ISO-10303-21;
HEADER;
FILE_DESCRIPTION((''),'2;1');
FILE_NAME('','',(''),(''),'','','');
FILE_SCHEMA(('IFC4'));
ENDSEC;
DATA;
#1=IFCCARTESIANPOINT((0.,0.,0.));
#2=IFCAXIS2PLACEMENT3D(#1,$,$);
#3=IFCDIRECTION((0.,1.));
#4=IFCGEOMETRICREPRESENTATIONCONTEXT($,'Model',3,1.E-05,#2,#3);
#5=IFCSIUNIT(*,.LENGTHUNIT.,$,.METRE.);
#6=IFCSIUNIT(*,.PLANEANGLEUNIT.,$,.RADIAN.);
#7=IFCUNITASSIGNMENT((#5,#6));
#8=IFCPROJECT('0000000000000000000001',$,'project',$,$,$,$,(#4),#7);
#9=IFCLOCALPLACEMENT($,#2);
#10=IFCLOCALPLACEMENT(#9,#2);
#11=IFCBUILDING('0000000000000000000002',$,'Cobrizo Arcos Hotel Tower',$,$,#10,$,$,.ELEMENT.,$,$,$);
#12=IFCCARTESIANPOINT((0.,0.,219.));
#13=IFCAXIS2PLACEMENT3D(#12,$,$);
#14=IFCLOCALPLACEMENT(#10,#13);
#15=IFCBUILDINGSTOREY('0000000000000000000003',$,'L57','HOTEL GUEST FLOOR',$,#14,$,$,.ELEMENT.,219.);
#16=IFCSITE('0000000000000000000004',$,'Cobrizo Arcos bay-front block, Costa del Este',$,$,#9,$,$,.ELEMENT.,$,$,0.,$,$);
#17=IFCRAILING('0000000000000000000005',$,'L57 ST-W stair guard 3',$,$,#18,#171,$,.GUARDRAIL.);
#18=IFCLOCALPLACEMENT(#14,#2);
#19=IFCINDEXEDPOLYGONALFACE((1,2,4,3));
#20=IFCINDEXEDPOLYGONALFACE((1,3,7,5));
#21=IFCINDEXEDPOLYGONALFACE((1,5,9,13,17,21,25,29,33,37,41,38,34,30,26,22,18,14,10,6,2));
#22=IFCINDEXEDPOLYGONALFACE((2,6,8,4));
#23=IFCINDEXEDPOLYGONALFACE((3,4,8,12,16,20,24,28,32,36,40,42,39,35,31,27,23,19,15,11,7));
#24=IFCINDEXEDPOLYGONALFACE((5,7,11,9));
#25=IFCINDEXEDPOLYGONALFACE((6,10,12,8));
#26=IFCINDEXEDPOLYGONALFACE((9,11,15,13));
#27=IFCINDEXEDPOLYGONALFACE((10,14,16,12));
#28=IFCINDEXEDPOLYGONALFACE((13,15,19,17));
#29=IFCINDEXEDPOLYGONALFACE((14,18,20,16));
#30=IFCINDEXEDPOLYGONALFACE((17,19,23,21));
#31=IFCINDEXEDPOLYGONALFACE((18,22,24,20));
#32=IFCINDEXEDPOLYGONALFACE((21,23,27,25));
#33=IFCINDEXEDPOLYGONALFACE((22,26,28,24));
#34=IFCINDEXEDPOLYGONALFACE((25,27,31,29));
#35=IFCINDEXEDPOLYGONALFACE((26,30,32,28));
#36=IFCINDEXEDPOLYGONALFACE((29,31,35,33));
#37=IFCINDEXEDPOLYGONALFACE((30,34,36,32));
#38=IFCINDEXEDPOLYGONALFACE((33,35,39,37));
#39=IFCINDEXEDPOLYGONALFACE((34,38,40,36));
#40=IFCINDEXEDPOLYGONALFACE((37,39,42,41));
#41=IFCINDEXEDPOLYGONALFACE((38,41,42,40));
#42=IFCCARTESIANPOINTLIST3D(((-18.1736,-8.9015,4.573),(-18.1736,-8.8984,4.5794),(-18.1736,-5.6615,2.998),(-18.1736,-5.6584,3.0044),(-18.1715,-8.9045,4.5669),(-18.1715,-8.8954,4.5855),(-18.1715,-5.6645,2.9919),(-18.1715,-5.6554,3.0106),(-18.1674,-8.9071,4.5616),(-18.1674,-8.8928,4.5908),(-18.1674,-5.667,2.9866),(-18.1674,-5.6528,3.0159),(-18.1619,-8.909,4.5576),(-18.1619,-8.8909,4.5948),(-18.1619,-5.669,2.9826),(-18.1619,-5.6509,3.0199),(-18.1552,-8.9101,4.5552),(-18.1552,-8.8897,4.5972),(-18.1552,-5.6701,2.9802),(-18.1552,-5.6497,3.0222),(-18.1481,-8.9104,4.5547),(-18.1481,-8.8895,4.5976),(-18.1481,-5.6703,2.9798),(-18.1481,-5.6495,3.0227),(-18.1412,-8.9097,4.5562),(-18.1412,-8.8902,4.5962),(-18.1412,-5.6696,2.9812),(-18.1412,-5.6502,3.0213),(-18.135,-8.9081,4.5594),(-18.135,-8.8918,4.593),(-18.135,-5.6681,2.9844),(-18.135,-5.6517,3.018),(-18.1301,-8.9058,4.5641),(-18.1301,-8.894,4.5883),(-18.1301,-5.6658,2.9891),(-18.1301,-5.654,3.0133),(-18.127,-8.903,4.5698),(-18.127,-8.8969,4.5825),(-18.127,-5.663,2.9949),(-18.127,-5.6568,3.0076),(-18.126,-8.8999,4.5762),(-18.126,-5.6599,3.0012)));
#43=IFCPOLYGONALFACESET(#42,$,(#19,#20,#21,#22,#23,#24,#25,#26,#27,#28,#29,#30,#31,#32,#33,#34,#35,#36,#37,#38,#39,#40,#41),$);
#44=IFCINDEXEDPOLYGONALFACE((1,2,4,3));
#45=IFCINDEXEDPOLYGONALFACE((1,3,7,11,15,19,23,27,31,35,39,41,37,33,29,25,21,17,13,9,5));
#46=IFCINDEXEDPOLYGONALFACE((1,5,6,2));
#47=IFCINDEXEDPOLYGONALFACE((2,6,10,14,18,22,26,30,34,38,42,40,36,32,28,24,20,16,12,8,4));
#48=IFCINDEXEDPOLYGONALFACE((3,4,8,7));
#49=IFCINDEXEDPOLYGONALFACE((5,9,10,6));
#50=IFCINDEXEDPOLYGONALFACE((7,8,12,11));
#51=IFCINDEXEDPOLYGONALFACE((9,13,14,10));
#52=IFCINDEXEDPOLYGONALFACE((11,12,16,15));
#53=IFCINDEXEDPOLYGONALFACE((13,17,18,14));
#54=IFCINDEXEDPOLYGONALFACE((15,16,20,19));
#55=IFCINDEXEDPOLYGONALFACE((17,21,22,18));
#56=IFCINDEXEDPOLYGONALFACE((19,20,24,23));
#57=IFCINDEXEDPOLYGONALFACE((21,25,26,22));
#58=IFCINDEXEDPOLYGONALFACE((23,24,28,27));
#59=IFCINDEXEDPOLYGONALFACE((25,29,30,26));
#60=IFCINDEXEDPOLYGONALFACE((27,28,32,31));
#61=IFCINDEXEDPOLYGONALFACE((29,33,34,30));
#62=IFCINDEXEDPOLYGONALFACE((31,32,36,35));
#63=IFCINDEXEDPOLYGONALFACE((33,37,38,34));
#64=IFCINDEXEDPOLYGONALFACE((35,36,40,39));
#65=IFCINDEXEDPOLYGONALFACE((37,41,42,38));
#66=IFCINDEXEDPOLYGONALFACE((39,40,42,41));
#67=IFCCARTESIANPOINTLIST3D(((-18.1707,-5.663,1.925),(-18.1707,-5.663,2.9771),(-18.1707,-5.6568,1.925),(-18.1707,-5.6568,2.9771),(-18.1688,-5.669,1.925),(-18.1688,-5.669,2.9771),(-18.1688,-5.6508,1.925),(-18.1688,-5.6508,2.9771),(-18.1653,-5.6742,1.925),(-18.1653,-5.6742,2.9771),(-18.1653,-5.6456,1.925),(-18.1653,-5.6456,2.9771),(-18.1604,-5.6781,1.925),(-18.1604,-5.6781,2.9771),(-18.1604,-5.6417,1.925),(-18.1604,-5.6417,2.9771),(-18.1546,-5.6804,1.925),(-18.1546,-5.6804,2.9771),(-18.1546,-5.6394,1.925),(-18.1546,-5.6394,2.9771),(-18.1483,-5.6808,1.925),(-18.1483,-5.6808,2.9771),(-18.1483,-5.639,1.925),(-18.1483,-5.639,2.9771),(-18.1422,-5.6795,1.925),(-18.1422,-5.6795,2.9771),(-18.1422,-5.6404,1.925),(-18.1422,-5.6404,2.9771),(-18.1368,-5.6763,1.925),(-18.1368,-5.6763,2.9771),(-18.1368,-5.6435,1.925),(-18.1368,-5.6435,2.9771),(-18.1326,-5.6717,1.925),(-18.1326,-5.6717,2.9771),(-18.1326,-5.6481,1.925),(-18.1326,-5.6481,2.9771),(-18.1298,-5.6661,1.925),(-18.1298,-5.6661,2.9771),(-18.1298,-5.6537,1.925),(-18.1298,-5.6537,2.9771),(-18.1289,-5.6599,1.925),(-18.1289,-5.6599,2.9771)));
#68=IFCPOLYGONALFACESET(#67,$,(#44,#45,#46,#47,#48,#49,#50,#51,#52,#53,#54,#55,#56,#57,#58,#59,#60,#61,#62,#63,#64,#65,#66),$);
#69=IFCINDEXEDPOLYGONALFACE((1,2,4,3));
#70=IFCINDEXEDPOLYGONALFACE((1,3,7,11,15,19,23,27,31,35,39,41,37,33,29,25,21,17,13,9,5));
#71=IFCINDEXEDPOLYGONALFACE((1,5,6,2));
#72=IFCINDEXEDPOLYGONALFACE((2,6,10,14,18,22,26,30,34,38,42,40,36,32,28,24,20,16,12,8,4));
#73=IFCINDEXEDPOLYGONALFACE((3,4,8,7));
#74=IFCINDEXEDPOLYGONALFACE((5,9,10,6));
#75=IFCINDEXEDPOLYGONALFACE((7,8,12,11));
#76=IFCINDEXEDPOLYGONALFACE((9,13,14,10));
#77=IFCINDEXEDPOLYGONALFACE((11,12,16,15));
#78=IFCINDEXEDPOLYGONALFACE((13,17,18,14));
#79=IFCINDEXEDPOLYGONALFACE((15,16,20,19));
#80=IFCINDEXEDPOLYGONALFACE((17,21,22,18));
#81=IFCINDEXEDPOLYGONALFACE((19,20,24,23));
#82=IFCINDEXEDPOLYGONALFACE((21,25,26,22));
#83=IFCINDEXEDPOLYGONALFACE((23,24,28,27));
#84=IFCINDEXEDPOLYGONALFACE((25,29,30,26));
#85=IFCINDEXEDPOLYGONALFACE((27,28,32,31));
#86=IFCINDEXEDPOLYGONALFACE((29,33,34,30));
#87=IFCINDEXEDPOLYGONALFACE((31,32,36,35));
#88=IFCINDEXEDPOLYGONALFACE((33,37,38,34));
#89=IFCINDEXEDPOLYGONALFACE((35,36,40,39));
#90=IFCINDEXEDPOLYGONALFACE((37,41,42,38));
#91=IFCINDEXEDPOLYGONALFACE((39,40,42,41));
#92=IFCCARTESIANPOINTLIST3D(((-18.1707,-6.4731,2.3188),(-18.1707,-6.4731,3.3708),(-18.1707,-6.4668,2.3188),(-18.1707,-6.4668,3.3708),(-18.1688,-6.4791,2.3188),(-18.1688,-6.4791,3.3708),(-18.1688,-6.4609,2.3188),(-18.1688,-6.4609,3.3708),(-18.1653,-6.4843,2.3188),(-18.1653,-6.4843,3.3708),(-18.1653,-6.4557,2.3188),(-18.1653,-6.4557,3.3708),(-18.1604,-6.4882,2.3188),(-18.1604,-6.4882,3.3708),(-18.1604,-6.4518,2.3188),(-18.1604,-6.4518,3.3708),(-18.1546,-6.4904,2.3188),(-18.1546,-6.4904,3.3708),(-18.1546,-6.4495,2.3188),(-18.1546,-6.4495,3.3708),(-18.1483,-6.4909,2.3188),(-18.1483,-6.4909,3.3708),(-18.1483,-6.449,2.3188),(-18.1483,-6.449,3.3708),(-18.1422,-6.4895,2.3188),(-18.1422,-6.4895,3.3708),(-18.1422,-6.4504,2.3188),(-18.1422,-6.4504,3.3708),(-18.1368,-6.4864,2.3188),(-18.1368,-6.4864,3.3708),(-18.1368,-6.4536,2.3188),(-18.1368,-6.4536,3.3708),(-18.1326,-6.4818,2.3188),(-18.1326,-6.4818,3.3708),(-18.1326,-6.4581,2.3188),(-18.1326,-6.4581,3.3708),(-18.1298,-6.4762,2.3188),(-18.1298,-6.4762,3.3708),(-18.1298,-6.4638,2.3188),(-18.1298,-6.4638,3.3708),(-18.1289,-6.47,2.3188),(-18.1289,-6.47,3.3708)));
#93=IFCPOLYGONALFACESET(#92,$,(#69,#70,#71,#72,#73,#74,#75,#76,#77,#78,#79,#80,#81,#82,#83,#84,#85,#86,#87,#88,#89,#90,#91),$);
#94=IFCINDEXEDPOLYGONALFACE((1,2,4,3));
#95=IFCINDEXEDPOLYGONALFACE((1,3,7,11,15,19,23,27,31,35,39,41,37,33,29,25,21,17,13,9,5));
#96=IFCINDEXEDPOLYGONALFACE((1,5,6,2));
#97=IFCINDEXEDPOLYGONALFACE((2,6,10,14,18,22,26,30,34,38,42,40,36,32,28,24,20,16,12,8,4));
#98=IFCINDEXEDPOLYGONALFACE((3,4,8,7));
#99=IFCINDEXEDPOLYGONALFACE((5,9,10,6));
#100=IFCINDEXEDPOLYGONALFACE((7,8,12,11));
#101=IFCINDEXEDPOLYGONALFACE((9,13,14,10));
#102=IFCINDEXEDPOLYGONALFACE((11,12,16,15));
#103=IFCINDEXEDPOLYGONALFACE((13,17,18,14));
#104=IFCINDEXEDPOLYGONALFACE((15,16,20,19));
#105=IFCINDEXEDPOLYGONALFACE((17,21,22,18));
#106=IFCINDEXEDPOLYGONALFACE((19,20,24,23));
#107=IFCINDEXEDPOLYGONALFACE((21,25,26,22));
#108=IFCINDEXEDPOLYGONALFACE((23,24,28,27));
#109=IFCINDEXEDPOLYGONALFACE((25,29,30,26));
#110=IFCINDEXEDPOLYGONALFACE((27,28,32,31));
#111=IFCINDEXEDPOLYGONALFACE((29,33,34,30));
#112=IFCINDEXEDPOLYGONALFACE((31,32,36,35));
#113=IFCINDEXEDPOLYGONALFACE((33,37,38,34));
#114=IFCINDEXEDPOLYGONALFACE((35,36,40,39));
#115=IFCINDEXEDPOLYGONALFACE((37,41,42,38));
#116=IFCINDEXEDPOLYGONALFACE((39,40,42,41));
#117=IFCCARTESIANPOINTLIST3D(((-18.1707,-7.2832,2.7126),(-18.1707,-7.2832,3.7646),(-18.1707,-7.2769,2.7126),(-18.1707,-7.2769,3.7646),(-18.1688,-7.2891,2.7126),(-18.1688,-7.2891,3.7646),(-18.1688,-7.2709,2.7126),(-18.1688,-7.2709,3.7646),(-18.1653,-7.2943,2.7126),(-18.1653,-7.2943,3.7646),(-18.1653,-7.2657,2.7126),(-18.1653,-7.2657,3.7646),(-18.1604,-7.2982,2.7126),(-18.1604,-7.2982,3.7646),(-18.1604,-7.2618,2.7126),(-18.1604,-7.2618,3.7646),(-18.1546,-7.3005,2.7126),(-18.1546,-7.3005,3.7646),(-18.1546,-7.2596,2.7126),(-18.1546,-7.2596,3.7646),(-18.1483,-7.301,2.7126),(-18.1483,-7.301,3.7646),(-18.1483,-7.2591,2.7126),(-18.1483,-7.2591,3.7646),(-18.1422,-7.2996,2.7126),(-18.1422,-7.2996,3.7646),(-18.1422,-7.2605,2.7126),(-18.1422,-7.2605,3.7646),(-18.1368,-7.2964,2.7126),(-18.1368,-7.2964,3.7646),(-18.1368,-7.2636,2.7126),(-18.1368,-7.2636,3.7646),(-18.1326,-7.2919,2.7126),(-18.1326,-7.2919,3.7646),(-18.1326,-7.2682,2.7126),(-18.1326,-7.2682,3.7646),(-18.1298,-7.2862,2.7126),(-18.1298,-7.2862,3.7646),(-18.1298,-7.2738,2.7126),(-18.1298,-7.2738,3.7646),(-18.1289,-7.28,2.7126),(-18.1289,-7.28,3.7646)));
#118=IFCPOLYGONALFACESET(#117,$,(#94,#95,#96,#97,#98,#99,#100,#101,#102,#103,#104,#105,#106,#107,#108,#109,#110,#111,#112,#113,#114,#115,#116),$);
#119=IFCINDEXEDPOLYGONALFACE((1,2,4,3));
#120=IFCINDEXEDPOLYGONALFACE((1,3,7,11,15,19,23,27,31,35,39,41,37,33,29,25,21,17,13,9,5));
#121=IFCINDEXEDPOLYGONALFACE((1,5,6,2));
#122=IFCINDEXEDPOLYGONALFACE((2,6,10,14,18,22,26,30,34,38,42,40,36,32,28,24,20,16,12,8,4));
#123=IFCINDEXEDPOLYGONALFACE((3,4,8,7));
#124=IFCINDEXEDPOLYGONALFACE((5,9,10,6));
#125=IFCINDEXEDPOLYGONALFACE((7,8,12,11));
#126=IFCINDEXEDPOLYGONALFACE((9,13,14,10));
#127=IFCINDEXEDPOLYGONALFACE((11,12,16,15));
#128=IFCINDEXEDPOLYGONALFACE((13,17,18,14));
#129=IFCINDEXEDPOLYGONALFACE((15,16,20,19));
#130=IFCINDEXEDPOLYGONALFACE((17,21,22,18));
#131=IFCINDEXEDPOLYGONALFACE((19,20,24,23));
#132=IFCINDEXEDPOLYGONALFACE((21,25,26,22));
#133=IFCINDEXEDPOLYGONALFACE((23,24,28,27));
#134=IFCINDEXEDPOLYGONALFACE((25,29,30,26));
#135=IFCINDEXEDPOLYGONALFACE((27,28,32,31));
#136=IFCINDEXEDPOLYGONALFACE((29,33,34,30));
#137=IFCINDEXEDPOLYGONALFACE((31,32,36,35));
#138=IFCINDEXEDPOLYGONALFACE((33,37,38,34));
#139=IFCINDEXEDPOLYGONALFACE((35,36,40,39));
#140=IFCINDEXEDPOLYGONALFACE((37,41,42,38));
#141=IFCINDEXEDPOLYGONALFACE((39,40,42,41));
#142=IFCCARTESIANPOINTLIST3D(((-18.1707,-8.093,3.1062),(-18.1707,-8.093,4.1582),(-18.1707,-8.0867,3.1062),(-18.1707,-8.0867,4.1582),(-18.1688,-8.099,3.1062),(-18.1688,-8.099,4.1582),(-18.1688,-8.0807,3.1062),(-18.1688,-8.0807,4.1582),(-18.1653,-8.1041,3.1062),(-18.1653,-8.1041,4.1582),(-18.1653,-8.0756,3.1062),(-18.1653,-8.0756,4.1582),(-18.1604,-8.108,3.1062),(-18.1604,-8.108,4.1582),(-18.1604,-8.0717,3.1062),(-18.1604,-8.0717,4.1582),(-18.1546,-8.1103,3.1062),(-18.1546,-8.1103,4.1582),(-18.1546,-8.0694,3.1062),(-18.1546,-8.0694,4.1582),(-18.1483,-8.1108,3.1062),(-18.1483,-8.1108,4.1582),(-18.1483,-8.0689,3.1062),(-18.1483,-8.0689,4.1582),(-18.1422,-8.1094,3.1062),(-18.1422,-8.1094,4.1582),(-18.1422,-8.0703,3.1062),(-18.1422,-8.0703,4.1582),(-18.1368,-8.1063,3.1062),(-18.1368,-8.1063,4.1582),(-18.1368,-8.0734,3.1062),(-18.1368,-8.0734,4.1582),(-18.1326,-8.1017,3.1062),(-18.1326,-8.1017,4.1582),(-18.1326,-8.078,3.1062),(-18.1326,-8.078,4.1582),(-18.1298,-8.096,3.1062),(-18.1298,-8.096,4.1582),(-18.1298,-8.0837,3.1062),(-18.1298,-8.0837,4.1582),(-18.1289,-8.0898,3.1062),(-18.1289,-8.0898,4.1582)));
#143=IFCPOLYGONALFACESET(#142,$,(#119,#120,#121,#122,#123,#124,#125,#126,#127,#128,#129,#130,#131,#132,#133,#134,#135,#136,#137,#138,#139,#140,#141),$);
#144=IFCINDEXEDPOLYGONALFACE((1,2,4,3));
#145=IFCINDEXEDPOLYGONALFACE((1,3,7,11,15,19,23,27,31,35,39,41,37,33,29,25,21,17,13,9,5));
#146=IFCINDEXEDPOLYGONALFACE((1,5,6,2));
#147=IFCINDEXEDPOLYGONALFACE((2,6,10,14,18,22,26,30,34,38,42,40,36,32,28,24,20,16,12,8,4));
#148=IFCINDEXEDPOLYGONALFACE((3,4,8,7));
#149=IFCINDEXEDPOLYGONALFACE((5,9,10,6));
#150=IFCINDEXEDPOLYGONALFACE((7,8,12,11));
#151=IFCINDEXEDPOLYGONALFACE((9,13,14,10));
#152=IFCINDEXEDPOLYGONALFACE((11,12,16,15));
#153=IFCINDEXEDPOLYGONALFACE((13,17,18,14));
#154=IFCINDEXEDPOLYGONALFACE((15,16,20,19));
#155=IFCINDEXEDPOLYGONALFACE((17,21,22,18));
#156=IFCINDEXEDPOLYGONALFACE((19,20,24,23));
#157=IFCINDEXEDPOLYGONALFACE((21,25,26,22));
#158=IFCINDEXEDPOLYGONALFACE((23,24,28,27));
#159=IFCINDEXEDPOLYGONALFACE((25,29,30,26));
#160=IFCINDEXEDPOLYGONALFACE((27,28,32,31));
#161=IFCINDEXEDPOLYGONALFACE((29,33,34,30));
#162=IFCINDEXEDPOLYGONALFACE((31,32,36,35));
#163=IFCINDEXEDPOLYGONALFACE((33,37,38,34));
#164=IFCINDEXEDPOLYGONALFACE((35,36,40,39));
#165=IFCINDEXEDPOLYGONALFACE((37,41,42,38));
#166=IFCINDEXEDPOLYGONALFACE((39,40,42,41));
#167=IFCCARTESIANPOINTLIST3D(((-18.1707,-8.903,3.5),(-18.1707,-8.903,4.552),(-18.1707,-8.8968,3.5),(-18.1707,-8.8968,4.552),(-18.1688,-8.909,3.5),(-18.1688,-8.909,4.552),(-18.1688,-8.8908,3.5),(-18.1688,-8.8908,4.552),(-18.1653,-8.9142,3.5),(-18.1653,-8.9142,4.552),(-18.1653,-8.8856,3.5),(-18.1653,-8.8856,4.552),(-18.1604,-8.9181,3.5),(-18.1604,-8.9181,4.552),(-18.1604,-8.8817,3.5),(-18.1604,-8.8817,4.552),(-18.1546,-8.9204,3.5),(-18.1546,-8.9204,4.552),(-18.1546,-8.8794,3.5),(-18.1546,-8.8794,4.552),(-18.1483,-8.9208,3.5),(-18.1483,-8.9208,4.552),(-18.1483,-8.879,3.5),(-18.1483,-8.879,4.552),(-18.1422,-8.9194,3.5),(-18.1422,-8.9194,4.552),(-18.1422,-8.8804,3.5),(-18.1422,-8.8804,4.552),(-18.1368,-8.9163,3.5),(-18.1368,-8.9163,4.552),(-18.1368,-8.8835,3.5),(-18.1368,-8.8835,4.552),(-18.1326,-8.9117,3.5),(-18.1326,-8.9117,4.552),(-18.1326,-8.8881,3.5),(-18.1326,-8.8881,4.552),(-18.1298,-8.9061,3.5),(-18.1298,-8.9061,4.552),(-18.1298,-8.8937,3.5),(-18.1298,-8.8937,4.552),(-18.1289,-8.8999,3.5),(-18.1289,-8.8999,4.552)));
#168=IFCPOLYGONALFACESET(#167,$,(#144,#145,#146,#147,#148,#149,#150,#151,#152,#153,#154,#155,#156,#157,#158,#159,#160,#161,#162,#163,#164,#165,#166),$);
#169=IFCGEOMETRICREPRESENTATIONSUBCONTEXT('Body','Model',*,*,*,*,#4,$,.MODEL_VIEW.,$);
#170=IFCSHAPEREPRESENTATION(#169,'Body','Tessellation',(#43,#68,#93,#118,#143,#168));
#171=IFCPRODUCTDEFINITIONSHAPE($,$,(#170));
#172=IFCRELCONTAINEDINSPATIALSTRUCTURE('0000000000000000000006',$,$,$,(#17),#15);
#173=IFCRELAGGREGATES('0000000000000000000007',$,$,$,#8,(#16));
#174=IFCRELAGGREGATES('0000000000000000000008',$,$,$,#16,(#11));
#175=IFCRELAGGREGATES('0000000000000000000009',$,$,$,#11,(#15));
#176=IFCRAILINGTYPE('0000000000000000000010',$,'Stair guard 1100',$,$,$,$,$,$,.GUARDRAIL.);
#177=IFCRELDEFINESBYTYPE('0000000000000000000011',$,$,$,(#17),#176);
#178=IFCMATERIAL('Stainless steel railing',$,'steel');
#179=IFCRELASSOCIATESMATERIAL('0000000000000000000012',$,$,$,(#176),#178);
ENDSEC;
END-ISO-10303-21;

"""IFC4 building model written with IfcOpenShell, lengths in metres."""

from ifc_helpers import new_model, si_unit, direction, frame, origin, origin_2d, place, context, subcontext, project, spatial, circle, extrude, material, type_object, element, save


model = new_model("IFC4")

# Units and contexts
model_context = context("Model", 3, precision=1e-05, world=origin(), true_north=direction((0.0, 1.0)))
body_context = subcontext(model_context, "Body", "Model", "MODEL_VIEW")
ifc_project = project(units=[si_unit("LENGTHUNIT", "METRE"), si_unit("PLANEANGLEUNIT", "RADIAN")], contexts=[model_context])

# Site, building, storey
site_placement = place(None, origin())
site = spatial("IfcSite", under=ifc_project, at=site_placement, Name="Cobrizo Arcos bay-front block, Costa del Este", CompositionType="ELEMENT", RefElevation=0.0)
building_placement = place(site_placement, origin())
building = spatial("IfcBuilding", under=site, at=building_placement, Name="Cobrizo Arcos Hotel Tower", CompositionType="ELEMENT")
storey_placement = place(building_placement, frame((0.0, 0.0, 219.0)))
storey = spatial("IfcBuildingStorey", under=building, at=storey_placement, Name="L57", Description="HOTEL GUEST FLOOR", CompositionType="ELEMENT", Elevation=219.0)

# Railing
ifc_material_1 = material(Name="Stainless steel railing", Category="steel")
railing_type_1 = type_object("IfcRailingType", Name="Stair guard 1100", PredefinedType="GUARDRAIL", material=ifc_material_1)
railing_1_placement = place(storey_placement, frame((-18.1499, -5.6599, 1.925)))
element("IfcRailing", 1, at=railing_1_placement, inside=storey, type_object=railing_type_1, Name="L57 ST-W stair guard 3", PredefinedType="GUARDRAIL", context=body_context, shape_type="SweptSolid", body=[
    extrude(circle(Radius=0.0239, at=origin_2d()), frame((0.0, 0.0, 1.0762), z_axis=(0.0, -0.899373, 0.437183), x_axis=(1.0, 0.0, 0.0)), (0.0, 0.0, 1.0), 3.6025),
    extrude(circle(Radius=0.021, at=origin_2d()), origin(), (0.0, 0.0, 1.0), 1.052),
    extrude(circle(Radius=0.021, at=origin_2d()), frame((0.0, -0.8101, 0.3938)), (0.0, 0.0, 1.0), 1.052),
    extrude(circle(Radius=0.021, at=origin_2d()), frame((0.0, -1.6201, 0.7876)), (0.0, 0.0, 1.0), 1.052),
    extrude(circle(Radius=0.021, at=origin_2d()), frame((0.0, -2.4299, 1.1812)), (0.0, 0.0, 1.0), 1.052),
    extrude(circle(Radius=0.021, at=origin_2d()), frame((0.0, -3.24, 1.575)), (0.0, 0.0, 1.0), 1.052),
])

save(model, "model.ifc")
